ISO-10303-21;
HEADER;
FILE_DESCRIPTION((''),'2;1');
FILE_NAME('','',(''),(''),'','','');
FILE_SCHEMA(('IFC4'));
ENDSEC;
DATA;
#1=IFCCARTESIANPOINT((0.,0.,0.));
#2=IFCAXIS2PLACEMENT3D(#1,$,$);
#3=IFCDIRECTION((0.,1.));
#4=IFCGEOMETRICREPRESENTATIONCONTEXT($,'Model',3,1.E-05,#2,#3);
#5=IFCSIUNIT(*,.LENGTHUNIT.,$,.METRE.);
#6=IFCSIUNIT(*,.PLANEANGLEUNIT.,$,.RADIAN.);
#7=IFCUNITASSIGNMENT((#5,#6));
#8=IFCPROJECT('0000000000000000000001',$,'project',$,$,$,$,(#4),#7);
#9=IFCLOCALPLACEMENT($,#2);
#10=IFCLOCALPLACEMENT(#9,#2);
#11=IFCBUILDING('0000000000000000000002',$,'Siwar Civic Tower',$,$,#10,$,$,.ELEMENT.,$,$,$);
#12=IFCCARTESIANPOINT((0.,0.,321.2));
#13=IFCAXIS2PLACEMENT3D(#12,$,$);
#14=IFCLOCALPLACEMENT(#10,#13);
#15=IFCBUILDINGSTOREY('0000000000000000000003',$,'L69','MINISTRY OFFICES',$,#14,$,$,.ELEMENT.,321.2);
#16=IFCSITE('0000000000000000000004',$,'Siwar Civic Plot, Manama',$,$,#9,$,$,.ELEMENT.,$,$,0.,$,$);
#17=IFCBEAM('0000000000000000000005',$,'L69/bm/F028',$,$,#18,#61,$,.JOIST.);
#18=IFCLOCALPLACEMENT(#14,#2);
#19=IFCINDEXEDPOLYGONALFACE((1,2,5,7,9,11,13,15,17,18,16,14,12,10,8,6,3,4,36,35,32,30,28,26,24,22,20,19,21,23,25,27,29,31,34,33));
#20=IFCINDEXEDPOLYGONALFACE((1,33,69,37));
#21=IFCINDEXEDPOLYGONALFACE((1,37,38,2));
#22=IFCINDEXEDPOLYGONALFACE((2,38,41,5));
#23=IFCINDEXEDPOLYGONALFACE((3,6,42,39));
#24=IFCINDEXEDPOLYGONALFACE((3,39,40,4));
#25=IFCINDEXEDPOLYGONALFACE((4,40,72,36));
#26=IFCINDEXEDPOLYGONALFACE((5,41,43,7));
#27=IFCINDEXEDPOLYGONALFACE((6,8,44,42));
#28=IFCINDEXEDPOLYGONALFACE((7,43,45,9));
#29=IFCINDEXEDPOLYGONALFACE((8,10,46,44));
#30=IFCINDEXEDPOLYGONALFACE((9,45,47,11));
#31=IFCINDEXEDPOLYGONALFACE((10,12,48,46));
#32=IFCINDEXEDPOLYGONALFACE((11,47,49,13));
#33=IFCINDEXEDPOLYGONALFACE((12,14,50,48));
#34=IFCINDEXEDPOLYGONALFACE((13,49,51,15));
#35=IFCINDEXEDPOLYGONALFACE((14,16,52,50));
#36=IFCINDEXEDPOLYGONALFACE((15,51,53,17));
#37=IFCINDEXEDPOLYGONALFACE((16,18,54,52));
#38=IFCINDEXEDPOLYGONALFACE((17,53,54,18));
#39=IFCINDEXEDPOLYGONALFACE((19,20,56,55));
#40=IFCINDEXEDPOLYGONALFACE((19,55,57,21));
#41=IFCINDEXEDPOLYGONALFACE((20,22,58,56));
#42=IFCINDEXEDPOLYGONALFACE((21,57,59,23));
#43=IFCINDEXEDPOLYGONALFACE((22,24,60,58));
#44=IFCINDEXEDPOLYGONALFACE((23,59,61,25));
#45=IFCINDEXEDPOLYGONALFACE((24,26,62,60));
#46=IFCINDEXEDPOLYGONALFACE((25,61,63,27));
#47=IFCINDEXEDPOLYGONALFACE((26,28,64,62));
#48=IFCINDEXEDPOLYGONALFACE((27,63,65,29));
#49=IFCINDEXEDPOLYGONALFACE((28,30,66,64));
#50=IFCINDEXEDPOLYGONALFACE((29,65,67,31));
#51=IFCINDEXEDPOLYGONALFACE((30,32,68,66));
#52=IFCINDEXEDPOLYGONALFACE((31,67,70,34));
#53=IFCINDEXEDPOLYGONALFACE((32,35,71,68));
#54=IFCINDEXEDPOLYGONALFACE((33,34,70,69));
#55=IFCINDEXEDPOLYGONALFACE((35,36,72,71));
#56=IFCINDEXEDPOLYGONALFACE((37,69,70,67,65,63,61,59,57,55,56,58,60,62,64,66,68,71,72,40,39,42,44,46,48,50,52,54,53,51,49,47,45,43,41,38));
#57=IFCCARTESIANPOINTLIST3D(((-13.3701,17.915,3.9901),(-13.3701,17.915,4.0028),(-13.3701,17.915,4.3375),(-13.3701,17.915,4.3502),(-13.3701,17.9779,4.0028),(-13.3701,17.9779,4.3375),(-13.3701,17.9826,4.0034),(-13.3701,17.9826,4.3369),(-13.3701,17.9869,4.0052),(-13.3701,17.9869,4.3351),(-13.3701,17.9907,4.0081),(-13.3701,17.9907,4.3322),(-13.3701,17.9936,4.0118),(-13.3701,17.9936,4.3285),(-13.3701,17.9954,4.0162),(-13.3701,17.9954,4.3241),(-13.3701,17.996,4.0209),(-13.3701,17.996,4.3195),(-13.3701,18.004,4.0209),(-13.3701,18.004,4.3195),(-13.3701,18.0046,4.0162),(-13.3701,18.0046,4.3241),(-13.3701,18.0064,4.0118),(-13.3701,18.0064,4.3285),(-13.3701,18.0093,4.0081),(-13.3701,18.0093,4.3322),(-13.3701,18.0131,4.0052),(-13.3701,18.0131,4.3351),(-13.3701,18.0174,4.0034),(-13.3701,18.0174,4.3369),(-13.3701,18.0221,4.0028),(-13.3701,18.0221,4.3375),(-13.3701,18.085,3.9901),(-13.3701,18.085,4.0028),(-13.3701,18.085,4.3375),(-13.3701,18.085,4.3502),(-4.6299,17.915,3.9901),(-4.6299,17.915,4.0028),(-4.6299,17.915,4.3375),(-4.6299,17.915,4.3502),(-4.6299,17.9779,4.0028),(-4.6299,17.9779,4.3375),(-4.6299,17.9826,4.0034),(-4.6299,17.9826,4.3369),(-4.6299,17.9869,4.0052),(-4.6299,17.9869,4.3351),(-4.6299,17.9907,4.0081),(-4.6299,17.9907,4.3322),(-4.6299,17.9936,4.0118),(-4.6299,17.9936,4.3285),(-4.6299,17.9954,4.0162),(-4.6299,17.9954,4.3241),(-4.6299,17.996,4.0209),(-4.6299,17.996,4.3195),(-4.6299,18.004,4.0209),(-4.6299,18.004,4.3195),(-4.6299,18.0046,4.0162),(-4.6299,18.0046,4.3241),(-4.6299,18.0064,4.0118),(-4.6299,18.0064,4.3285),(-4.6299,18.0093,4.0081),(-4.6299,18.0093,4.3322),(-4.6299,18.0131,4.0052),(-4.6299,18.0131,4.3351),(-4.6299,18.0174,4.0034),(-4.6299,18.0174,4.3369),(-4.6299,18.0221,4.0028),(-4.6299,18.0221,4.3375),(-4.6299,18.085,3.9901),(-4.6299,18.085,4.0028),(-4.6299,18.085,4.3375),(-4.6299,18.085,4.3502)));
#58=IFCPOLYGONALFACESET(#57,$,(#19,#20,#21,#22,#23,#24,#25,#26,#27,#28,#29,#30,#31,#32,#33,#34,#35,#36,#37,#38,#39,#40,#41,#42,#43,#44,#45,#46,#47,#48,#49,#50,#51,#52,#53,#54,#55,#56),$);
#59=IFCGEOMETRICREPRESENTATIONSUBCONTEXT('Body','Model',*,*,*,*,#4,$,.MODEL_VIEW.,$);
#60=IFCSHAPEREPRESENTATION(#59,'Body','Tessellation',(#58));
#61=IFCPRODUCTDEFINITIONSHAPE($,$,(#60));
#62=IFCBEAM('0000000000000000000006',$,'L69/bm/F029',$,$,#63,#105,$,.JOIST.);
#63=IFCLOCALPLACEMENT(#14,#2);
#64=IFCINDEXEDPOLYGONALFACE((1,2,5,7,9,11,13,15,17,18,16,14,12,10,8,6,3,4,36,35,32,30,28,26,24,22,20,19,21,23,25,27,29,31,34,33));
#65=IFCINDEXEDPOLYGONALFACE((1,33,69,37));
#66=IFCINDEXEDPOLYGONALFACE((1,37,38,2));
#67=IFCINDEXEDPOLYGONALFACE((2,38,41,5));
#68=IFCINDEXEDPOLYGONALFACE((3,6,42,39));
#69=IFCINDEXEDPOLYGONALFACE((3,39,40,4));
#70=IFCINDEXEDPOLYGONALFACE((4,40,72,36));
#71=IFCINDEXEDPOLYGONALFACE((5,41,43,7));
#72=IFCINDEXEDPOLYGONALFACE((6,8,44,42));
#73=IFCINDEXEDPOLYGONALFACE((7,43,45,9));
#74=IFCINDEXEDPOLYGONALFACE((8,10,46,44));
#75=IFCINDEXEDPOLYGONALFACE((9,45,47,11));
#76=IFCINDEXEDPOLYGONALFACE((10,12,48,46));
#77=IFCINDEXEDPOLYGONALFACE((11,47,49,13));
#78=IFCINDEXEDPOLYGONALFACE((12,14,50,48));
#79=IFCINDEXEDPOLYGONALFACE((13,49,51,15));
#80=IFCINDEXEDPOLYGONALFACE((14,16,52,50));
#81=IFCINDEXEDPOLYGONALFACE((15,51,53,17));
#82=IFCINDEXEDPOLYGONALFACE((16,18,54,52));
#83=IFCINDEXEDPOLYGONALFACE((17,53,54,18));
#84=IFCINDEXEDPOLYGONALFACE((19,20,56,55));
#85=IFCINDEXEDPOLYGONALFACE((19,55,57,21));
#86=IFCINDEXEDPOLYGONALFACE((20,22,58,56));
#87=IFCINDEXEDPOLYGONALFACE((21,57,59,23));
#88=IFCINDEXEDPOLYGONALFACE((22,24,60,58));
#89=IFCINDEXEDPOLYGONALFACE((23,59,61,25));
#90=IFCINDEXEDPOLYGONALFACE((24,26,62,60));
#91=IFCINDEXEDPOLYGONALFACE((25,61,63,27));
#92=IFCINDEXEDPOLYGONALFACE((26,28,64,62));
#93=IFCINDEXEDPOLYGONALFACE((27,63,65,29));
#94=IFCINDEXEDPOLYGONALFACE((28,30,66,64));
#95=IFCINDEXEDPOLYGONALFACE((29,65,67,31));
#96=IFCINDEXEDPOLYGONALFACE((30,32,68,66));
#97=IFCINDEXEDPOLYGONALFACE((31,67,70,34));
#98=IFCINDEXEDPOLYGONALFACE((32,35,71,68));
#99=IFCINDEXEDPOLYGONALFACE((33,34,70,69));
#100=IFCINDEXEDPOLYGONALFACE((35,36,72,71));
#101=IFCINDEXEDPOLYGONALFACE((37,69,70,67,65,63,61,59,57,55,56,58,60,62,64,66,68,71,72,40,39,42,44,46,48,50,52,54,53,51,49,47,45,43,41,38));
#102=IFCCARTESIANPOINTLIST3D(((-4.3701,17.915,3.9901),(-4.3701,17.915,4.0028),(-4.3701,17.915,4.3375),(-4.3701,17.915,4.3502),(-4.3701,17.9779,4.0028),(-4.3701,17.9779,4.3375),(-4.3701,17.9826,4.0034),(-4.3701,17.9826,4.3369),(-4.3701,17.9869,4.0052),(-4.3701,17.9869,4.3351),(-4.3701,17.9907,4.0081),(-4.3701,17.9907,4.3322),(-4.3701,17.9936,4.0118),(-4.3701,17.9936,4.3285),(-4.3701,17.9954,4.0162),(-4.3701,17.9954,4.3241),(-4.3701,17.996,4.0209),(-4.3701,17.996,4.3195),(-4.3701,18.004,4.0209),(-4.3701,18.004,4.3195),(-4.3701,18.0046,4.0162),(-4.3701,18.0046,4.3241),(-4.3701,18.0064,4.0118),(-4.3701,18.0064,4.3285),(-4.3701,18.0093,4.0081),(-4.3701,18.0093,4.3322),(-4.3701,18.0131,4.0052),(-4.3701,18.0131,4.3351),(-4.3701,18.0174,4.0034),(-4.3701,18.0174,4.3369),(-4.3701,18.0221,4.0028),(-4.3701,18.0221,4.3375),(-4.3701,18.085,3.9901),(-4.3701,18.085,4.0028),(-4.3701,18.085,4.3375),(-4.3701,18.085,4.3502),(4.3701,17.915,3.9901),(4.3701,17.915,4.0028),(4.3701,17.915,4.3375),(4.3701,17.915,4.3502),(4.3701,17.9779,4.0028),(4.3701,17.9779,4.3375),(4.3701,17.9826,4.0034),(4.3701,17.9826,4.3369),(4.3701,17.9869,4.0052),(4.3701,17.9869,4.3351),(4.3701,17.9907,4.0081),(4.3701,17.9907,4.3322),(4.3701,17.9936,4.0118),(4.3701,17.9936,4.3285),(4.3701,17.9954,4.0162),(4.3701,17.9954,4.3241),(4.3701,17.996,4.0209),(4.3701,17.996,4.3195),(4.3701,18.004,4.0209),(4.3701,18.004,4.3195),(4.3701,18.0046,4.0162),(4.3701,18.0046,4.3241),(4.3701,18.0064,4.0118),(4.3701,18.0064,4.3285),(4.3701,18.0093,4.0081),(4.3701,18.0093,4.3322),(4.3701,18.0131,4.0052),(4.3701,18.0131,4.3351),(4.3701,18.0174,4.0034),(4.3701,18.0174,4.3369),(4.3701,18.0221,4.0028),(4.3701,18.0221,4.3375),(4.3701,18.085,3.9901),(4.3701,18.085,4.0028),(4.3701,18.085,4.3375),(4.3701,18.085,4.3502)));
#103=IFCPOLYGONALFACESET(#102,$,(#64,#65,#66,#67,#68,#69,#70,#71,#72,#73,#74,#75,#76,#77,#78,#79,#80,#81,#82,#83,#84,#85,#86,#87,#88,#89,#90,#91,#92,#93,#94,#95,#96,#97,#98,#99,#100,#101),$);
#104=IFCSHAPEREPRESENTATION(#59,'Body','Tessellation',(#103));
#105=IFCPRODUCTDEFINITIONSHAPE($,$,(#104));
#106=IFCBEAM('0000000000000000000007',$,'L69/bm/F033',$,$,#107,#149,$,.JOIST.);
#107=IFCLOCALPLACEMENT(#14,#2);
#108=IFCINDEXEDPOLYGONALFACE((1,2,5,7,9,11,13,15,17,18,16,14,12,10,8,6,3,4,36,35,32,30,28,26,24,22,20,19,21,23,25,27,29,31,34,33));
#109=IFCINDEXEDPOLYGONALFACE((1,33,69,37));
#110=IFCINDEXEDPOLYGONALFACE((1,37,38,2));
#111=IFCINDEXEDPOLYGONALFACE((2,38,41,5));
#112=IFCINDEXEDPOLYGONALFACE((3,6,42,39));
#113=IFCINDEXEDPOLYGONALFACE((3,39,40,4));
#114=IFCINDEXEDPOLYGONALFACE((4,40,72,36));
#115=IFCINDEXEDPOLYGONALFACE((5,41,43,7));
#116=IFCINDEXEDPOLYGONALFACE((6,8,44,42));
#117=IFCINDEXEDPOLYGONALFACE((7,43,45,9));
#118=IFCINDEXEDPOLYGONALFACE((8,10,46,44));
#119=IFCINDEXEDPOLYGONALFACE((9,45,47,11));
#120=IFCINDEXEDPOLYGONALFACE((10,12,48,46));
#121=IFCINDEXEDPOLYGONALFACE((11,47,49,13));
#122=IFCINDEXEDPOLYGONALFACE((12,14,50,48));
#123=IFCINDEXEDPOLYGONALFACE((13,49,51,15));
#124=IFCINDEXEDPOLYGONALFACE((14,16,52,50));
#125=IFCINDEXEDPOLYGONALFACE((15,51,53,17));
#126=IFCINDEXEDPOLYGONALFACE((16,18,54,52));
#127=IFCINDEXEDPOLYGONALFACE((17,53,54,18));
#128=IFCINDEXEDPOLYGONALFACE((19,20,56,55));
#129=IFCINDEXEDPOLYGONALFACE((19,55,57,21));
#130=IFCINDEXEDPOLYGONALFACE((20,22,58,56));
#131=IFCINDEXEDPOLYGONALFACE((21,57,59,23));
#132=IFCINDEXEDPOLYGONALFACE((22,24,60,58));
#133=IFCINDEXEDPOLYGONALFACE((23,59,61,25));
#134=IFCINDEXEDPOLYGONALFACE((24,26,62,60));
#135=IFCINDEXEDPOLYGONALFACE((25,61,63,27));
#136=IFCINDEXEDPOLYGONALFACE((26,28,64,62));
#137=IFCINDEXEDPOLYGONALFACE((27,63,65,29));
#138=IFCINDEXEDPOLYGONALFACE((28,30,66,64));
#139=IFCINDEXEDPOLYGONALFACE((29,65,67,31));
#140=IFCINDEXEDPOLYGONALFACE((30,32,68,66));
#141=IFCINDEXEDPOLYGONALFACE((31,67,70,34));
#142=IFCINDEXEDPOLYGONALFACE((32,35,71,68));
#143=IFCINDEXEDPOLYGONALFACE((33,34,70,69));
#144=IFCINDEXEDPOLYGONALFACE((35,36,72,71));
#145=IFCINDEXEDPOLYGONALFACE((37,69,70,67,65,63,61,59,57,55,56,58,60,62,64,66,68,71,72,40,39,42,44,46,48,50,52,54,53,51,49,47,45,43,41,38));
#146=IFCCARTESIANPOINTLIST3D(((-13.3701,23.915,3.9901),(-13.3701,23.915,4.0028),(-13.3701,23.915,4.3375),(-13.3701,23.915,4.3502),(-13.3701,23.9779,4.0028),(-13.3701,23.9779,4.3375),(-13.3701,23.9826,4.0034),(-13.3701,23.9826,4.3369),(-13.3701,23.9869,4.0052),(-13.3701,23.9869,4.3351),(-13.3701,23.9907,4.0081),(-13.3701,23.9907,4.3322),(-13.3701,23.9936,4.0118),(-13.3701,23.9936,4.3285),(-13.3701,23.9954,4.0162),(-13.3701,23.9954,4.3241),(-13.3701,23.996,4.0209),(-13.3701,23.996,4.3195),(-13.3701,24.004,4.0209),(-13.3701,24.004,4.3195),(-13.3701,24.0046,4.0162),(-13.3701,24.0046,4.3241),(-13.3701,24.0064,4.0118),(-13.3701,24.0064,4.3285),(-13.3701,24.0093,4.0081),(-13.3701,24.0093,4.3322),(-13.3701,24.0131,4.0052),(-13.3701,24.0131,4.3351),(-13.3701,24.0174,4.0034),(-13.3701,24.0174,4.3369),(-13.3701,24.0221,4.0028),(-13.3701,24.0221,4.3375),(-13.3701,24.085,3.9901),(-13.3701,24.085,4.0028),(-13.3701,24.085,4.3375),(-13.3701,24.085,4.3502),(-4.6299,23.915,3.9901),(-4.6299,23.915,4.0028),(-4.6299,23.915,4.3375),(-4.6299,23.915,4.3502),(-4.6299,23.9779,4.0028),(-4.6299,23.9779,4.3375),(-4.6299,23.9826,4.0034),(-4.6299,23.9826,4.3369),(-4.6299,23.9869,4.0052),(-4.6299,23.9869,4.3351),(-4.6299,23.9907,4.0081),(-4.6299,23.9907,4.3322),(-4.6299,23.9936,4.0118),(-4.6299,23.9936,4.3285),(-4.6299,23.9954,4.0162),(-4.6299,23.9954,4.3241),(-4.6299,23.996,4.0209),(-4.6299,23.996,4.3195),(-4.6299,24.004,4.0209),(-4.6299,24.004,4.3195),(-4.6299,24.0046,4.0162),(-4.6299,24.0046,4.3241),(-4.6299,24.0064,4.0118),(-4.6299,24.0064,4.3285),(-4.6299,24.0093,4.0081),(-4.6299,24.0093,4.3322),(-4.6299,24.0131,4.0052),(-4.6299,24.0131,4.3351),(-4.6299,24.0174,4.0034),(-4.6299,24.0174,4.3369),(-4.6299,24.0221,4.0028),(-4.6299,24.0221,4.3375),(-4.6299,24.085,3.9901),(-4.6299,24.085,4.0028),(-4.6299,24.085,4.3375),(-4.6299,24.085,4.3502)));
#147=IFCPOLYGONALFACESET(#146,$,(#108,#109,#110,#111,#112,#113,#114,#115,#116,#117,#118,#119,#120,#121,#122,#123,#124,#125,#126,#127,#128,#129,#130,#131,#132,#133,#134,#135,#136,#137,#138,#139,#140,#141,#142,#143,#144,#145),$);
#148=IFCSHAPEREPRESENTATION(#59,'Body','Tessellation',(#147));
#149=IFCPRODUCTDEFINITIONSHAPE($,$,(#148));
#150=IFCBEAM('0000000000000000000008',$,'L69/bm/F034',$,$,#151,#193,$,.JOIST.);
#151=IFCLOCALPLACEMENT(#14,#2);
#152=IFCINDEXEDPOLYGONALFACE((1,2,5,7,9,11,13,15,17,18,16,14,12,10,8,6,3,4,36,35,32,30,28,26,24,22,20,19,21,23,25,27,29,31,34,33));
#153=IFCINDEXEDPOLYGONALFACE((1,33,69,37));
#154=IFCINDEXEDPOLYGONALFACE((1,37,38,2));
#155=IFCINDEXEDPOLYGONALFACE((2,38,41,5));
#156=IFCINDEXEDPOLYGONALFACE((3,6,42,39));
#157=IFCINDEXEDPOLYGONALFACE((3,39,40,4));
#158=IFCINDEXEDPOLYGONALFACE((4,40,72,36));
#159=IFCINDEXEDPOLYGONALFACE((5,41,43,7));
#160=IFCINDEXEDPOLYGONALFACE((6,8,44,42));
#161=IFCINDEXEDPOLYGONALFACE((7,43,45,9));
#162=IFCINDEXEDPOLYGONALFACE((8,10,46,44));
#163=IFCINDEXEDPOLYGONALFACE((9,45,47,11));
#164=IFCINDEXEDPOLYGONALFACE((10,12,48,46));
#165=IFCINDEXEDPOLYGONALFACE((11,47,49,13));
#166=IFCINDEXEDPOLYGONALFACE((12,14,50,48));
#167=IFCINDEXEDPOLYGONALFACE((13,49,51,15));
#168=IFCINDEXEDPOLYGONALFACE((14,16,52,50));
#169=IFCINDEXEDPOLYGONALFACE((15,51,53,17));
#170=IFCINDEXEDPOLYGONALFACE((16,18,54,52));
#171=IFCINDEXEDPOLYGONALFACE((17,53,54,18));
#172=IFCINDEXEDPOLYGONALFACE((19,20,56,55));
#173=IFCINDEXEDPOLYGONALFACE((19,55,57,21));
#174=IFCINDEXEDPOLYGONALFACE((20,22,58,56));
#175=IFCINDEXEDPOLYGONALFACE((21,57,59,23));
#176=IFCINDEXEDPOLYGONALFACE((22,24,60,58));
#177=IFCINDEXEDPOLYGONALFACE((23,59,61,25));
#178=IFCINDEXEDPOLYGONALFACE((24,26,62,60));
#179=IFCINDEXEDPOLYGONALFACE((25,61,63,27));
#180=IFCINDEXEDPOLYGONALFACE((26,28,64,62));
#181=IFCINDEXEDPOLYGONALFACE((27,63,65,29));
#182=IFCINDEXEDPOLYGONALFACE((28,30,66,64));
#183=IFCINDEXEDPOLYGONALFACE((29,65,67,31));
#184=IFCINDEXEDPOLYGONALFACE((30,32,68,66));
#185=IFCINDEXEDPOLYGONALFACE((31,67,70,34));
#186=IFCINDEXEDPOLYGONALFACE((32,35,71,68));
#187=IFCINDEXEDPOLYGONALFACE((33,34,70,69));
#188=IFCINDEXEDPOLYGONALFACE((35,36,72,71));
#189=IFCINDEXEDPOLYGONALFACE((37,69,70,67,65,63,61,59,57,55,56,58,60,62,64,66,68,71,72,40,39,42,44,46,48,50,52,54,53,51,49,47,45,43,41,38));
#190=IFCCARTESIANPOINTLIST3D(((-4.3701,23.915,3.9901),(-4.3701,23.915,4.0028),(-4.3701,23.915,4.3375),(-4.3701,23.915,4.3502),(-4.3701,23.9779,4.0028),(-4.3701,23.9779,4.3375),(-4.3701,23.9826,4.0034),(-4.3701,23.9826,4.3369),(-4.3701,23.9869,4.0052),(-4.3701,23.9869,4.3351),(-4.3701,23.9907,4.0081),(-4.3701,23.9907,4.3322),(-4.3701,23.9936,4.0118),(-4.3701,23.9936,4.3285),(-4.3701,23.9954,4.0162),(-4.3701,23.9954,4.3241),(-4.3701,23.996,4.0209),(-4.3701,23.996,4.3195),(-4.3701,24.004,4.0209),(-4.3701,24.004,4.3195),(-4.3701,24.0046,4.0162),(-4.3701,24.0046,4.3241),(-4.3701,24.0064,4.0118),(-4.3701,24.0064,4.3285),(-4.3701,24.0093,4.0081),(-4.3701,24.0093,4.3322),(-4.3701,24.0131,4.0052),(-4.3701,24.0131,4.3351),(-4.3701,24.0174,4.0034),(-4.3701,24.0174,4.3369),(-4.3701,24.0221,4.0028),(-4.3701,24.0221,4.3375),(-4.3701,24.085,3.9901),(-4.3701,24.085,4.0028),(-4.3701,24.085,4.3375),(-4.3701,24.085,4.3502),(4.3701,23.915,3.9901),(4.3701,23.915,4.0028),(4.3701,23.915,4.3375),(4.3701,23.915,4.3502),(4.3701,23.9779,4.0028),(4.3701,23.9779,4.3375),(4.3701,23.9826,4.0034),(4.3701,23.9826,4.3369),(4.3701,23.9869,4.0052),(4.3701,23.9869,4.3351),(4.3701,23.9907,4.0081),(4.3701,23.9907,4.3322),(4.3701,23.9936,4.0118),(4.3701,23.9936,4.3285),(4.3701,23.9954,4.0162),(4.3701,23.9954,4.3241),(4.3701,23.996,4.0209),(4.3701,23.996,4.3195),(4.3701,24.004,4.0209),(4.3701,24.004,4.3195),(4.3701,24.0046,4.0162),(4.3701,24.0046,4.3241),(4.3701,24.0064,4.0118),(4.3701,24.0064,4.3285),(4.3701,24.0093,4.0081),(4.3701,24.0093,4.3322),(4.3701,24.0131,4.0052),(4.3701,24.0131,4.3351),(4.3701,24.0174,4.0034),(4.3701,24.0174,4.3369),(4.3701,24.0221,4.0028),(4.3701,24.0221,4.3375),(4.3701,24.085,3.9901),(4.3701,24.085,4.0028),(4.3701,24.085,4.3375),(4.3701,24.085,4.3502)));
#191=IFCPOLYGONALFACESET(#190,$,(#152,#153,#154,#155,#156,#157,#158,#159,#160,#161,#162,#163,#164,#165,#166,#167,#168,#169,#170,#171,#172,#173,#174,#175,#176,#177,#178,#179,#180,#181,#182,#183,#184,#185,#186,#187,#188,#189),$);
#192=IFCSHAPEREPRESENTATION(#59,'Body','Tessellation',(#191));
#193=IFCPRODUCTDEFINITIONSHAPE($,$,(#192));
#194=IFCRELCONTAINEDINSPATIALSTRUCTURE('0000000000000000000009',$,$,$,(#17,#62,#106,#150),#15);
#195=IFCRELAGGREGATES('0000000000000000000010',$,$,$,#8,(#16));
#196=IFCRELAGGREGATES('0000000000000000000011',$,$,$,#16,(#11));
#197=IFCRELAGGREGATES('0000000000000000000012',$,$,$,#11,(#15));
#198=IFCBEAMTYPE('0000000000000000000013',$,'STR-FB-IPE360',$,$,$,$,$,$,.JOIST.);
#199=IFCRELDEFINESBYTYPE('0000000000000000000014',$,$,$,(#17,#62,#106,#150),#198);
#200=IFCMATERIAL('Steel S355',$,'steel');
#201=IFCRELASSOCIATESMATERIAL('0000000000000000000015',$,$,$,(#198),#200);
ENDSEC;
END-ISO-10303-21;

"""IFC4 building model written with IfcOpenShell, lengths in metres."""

from ifc_helpers import new_model, si_unit, direction, frame, origin, origin_2d, place, context, subcontext, project, spatial, i_section, extrude, material, material_profile, profile_set, type_object, element, save


model = new_model("IFC4")

# Units and contexts
model_context = context("Model", 3, precision=1e-05, world=origin(), true_north=direction((0.0, 1.0)))
body_context = subcontext(model_context, "Body", "Model", "MODEL_VIEW")
ifc_project = project(units=[si_unit("LENGTHUNIT", "METRE"), si_unit("PLANEANGLEUNIT", "RADIAN")], contexts=[model_context])

# Site, building, storey
site_placement = place(None, origin())
site = spatial("IfcSite", under=ifc_project, at=site_placement, Name="Siwar Civic Plot, Manama", CompositionType="ELEMENT", RefElevation=0.0)
building_placement = place(site_placement, origin())
building = spatial("IfcBuilding", under=site, at=building_placement, Name="Siwar Civic Tower", CompositionType="ELEMENT")
storey_placement = place(building_placement, frame((0.0, 0.0, 321.2)))
storey = spatial("IfcBuildingStorey", under=building, at=storey_placement, Name="L69", Description="MINISTRY OFFICES", CompositionType="ELEMENT", Elevation=321.2)

# Beams
ifc_material_1 = material(Name="Steel S355", Category="steel")
ifc_material_profile_1 = material_profile(ifc_material_1, i_section(OverallWidth=0.1699, OverallDepth=0.3601, WebThickness=0.0081, FlangeThickness=0.0127, FilletRadius=0.0181, at=origin_2d()), Name="IPE360")
ifc_profile_set_1 = profile_set([ifc_material_profile_1], Name="Steel S355")
beam_type_1 = type_object("IfcBeamType", Name="STR-FB-IPE360", PredefinedType="JOIST", material=ifc_profile_set_1)
for number, where, z_axis, x_axis, name in (
    (1, (-13.3701, 18.0, 4.1702), (1.0, 0.0, 0.0), (0.0, 1.0, 0.0), "L69/bm/F028"),
    (2, (-4.3701, 18.0, 4.1702), (1.0, 0.0, 0.0), (0.0, 1.0, 0.0), "L69/bm/F029"),
    (3, (-13.3701, 24.0, 4.1702), (1.0, 0.0, 0.0), (0.0, 1.0, 0.0), "L69/bm/F033"),
    (4, (-4.3701, 24.0, 4.1702), (1.0, 0.0, 0.0), (0.0, 1.0, 0.0), "L69/bm/F034"),
):
    element("IfcBeam", number, at=place(storey_placement, frame(where, z_axis=z_axis, x_axis=x_axis)), inside=storey, type_object=beam_type_1, Name=name, PredefinedType="JOIST", context=body_context, shape_type="SweptSolid", body=[
        extrude(i_section(OverallWidth=0.1699, OverallDepth=0.3601, WebThickness=0.0081, FlangeThickness=0.0127, FilletRadius=0.0181, at=origin_2d()), origin(), (0.0, 0.0, 1.0), 8.7402),
    ])

save(model, "model.ifc")
